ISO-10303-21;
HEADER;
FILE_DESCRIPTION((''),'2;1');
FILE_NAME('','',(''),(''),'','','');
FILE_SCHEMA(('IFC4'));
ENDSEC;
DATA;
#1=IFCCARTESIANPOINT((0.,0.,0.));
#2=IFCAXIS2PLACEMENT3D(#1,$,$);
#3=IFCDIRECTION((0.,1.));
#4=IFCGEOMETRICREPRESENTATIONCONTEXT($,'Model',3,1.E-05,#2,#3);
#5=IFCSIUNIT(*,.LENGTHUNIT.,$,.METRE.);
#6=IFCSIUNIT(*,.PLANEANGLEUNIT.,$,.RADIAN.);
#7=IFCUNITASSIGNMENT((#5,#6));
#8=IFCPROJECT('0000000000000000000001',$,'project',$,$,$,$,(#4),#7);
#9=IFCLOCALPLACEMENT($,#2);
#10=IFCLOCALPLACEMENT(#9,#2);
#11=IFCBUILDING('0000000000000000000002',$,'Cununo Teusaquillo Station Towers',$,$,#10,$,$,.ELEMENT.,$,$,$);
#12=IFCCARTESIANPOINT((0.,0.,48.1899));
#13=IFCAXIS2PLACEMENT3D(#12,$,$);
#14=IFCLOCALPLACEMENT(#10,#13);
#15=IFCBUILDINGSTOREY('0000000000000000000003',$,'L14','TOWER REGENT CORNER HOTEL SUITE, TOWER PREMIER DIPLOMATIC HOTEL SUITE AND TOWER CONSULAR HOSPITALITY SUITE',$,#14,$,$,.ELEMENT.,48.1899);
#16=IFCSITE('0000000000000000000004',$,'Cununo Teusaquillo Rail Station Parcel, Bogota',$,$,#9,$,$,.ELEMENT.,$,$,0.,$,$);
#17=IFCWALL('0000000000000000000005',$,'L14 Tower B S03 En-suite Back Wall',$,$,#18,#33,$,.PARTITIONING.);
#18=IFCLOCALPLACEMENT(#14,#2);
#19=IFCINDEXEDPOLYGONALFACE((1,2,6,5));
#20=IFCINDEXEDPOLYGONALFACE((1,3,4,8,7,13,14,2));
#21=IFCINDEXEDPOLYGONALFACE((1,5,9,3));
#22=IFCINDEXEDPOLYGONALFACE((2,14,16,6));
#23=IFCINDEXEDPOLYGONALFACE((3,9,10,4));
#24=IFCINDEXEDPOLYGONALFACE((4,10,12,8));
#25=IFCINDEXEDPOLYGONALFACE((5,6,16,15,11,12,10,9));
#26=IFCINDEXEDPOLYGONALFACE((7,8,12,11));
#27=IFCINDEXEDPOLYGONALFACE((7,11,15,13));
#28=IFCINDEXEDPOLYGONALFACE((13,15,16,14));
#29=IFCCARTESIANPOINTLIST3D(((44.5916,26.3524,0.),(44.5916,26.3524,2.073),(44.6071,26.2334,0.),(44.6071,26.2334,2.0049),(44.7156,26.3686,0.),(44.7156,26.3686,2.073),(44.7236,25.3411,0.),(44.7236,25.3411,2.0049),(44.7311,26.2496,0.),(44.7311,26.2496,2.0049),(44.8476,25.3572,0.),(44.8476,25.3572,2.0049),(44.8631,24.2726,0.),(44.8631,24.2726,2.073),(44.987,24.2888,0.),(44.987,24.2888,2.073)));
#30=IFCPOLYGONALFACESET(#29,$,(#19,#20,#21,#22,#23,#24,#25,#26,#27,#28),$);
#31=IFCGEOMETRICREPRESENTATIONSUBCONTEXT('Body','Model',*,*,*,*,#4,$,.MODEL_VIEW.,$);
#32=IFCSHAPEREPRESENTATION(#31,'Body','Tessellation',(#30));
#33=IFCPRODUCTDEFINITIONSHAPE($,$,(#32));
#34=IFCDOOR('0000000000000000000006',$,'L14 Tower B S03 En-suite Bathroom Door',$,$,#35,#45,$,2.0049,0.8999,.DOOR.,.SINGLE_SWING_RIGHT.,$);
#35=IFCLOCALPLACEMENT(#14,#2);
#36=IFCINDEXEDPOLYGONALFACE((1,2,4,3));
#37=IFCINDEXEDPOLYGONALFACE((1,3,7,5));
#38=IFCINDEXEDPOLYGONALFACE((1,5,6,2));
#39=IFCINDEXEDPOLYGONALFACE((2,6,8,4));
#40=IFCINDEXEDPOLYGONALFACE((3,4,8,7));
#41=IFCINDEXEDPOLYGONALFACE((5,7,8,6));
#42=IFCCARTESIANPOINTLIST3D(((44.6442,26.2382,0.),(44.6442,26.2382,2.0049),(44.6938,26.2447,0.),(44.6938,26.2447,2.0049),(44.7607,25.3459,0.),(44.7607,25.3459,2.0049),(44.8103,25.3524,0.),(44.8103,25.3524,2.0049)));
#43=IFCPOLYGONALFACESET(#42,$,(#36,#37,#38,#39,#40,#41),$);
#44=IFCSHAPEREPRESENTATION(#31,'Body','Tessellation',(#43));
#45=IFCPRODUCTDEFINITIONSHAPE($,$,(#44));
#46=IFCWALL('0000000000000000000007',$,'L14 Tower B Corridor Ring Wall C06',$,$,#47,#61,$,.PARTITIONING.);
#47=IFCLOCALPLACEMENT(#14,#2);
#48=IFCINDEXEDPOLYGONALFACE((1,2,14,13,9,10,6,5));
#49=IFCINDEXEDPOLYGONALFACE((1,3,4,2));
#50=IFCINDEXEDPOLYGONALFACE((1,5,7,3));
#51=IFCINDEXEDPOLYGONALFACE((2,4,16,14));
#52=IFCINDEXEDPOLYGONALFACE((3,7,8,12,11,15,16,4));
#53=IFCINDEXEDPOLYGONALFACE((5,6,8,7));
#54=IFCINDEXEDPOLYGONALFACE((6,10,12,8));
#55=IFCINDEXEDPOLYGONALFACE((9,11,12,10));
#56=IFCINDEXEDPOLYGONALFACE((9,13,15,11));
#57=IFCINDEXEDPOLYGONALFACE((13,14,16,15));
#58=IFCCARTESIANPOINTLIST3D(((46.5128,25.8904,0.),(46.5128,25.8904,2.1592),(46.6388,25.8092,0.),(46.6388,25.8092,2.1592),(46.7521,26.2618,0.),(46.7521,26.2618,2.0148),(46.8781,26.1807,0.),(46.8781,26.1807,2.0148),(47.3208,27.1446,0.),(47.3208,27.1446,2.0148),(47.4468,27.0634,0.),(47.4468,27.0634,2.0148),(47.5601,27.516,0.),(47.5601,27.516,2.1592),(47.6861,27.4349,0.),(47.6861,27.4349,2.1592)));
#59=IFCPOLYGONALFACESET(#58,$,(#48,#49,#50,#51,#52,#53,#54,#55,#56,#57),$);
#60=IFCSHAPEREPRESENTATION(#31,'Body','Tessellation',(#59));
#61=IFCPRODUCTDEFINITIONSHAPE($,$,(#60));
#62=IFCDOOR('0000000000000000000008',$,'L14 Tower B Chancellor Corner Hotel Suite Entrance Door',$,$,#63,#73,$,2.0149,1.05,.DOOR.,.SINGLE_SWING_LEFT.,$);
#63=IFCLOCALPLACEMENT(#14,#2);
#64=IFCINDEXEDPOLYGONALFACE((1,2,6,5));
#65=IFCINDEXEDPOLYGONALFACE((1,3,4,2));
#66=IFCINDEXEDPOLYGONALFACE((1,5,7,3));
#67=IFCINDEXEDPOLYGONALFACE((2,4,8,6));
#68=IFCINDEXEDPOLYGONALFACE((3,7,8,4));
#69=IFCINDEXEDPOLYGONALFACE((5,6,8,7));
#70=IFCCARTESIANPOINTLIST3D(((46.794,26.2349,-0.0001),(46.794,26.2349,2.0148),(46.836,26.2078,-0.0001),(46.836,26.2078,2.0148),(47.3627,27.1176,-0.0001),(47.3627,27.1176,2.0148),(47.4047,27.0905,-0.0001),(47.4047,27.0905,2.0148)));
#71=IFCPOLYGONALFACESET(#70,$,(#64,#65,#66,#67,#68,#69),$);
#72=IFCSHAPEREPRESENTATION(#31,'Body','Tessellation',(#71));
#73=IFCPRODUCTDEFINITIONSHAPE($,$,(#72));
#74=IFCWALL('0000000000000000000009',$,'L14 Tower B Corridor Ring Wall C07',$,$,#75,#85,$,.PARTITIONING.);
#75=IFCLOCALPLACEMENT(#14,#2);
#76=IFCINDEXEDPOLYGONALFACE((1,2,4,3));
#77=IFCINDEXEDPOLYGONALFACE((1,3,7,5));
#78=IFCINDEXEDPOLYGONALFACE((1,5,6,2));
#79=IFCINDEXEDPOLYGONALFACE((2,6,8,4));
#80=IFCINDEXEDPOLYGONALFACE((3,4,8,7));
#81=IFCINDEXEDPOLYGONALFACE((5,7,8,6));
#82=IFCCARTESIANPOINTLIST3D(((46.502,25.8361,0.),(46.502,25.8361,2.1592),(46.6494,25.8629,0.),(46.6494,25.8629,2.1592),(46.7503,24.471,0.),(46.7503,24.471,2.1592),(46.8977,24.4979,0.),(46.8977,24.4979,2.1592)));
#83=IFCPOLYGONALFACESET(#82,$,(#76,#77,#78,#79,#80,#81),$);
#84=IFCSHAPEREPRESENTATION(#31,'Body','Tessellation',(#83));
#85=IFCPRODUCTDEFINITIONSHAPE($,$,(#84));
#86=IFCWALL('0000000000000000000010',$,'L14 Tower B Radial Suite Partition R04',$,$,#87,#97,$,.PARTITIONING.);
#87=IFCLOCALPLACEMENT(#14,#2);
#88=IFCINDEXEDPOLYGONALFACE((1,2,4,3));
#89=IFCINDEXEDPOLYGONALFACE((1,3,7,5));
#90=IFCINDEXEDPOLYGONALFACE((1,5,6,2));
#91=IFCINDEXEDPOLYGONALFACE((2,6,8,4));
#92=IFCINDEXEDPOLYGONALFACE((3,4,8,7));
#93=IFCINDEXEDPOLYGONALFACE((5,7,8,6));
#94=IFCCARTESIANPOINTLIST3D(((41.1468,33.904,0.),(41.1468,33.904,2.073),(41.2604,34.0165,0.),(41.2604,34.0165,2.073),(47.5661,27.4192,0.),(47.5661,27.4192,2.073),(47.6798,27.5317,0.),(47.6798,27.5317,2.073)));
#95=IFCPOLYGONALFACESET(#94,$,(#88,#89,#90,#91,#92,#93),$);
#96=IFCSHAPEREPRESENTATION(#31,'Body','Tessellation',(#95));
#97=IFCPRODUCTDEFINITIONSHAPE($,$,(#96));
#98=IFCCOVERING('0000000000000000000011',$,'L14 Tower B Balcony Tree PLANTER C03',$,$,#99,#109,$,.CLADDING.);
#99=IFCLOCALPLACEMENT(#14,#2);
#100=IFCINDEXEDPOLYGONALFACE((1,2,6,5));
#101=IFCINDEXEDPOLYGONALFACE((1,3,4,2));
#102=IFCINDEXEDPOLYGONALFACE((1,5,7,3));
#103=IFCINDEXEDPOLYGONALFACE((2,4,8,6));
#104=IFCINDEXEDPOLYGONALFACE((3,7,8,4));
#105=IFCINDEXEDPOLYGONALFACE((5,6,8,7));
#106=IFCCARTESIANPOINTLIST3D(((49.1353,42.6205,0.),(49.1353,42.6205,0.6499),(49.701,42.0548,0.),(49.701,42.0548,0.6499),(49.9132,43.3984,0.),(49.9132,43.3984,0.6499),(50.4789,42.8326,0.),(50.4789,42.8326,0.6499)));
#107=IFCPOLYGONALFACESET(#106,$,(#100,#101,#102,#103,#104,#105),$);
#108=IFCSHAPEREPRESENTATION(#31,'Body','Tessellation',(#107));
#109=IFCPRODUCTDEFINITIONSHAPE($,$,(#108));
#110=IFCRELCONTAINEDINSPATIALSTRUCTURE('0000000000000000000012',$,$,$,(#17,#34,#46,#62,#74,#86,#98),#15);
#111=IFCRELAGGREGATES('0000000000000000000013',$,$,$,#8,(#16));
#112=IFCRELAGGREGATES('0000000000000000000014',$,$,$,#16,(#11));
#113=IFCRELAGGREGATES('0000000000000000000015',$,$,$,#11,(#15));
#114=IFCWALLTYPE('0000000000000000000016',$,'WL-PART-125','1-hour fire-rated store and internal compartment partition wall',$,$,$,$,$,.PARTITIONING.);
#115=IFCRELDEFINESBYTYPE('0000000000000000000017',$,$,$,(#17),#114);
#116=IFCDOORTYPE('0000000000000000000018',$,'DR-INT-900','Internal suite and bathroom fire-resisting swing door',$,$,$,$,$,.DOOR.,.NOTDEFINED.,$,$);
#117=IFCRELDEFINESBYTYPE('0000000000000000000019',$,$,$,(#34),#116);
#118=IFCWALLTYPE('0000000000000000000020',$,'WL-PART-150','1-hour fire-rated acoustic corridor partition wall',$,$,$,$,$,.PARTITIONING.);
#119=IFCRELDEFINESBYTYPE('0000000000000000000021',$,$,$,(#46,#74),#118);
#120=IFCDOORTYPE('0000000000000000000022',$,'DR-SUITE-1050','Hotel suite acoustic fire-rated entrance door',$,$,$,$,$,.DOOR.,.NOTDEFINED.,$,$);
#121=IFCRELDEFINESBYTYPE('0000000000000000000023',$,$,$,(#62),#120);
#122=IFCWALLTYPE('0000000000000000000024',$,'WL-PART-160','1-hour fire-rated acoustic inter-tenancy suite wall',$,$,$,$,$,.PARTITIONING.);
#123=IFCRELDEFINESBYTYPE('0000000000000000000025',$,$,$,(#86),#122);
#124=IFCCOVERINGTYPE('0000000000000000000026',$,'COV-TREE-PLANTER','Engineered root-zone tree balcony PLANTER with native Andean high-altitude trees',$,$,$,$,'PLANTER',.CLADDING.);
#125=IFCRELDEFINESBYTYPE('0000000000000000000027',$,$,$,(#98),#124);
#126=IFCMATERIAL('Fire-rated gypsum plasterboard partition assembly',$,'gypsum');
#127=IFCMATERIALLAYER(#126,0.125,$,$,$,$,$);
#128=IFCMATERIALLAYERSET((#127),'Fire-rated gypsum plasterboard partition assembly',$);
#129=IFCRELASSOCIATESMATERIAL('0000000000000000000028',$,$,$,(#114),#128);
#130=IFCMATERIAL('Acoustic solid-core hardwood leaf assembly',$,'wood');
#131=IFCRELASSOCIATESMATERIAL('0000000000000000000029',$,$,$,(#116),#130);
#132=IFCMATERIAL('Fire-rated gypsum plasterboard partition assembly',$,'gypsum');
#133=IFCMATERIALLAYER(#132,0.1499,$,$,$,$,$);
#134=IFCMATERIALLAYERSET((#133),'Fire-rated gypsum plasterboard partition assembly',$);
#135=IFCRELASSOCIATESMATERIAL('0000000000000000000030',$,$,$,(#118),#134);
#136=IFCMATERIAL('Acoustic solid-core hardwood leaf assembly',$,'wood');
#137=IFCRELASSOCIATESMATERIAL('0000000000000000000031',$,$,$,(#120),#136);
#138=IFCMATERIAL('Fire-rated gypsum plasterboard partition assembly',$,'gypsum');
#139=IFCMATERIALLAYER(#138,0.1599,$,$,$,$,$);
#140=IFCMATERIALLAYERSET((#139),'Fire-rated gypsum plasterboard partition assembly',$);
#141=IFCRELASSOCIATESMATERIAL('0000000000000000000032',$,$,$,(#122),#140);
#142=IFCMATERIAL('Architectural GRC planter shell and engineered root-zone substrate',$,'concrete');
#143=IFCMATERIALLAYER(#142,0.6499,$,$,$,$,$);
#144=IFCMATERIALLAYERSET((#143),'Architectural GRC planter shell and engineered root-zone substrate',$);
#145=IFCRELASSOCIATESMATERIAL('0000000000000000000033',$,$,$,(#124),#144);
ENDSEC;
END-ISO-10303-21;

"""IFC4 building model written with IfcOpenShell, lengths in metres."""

from ifc_helpers import new_model, si_unit, direction, frame, frame_2d, origin, origin_2d, place, context, subcontext, project, spatial, rectangle, extrude, source, transform, mapped, material, layer, layer_set, type_object, element, fill, save


model = new_model("IFC4")

# Units and contexts
model_context = context("Model", 3, precision=1e-05, world=origin(), true_north=direction((0.0, 1.0)))
body_context = subcontext(model_context, "Body", "Model", "MODEL_VIEW")
ifc_project = project(units=[si_unit("LENGTHUNIT", "METRE"), si_unit("PLANEANGLEUNIT", "RADIAN")], contexts=[model_context])

# Site, building, storey
site_placement = place(None, origin())
site = spatial("IfcSite", under=ifc_project, at=site_placement, Name="Cununo Teusaquillo Rail Station Parcel, Bogota", CompositionType="ELEMENT", RefElevation=0.0)
building_placement = place(site_placement, origin())
building = spatial("IfcBuilding", under=site, at=building_placement, Name="Cununo Teusaquillo Station Towers", CompositionType="ELEMENT")
storey_placement = place(building_placement, frame((0.0, 0.0, 48.1899)))
storey = spatial("IfcBuildingStorey", under=building, at=storey_placement, Name="L14", Description="TOWER REGENT CORNER HOTEL SUITE, TOWER PREMIER DIPLOMATIC HOTEL SUITE AND TOWER CONSULAR HOSPITALITY SUITE", CompositionType="ELEMENT", Elevation=48.1899)

# Shared definitions
ifc_material_1 = material(Name="Fire-rated gypsum plasterboard partition assembly", Category="gypsum")
ifc_layer_1 = layer(ifc_material_1, 0.125)
ifc_layer_set_1 = layer_set([ifc_layer_1], Name="Fire-rated gypsum plasterboard partition assembly")
wall_type_1 = type_object("IfcWallType", Name="WL-PART-125", Description="1-hour fire-rated store and internal compartment partition wall", PredefinedType="PARTITIONING", material=ifc_layer_set_1)

# Shared definitions
shared_shape_1 = source(origin(), body_context, "Body", "SweptSolid", [
    extrude(rectangle(XDim=0.8999, YDim=2.0049, at=frame_2d((0.45, 1.0024))), frame((0.0, 0.0725, 0.0), z_axis=(0.0, -1.0, 0.0), x_axis=(1.0, 0.0, 0.0)), (0.0, 0.0, 1.0), 0.145),
])
ifc_material_2 = material(Name="Acoustic solid-core hardwood leaf assembly", Category="wood")
door_type_1 = type_object("IfcDoorType", Name="DR-INT-900", Description="Internal suite and bathroom fire-resisting swing door", OperationType="NOTDEFINED", PredefinedType="DOOR", material=ifc_material_2)
shared_shape_2 = source(origin(), body_context, "Body", "SweptSolid", [
    extrude(rectangle(XDim=0.8999, YDim=2.0049, at=frame_2d((0.45, 1.0024))), frame((0.0, 0.0249, 0.0), z_axis=(0.0, -1.0, 0.0), x_axis=(1.0, 0.0, 0.0)), (0.0, 0.0, 1.0), 0.05),
])

# Walls, openings, doors
wall_1_placement = place(storey_placement, frame((44.6536, 26.3606, 0.0), z_axis=(0.0, 0.0, 1.0), x_axis=(0.129434, -0.991588, 0.0)))
wall_1 = element("IfcWall", 1, at=wall_1_placement, inside=storey, type_object=wall_type_1, Name="L14 Tower B S03 En-suite Back Wall", PredefinedType="PARTITIONING", context=body_context, shape_type="SweptSolid", body=[
    extrude(rectangle(XDim=2.0974, YDim=0.125, at=frame_2d((1.0488, 0.0))), origin(), (0.0, 0.0, 1.0), 2.073),
])
opening_1_placement = place(wall_1_placement, frame((0.1201, 0.0, 0.0)))
opening_1 = element("IfcOpeningElement", 2, at=opening_1_placement, cuts=wall_1, PredefinedType="OPENING", context=body_context, shape_type="MappedRepresentation", body=[
    mapped(shared_shape_1, transform((0.0, 0.0, 0.0), x_axis=(1.0, 0.0, 0.0), y_axis=(0.0, 1.0, 0.0), z_axis=(0.0, 0.0, 1.0), scale=1.0)),
])
door_1_placement = place(opening_1_placement, origin())
door_1 = element("IfcDoor", 3, at=door_1_placement, inside=storey, type_object=door_type_1, Name="L14 Tower B S03 En-suite Bathroom Door", OperationType="SINGLE_SWING_RIGHT", OverallHeight=2.0049, OverallWidth=0.8999, PredefinedType="DOOR", context=body_context, shape_type="MappedRepresentation", body=[
    mapped(shared_shape_2, transform((0.0, 0.0, 0.0), x_axis=(1.0, 0.0, 0.0), y_axis=(0.0, 1.0, 0.0), z_axis=(0.0, 0.0, 1.0), scale=1.0)),
])
fill(opening_1, door_1)
ifc_material_3 = material(Name="Fire-rated gypsum plasterboard partition assembly", Category="gypsum")
ifc_layer_2 = layer(ifc_material_3, 0.1499)
ifc_layer_set_2 = layer_set([ifc_layer_2], Name="Fire-rated gypsum plasterboard partition assembly")
wall_type_2 = type_object("IfcWallType", Name="WL-PART-150", Description="1-hour fire-rated acoustic corridor partition wall", PredefinedType="PARTITIONING", material=ifc_layer_set_2)
wall_2_placement = place(storey_placement, frame((47.623, 27.4753, 0.0), z_axis=(0.0, 0.0, 1.0), x_axis=(-0.54158, -0.840649, 0.0)))
wall_2 = element("IfcWall", 4, at=wall_2_placement, inside=storey, type_object=wall_type_2, Name="L14 Tower B Corridor Ring Wall C06", PredefinedType="PARTITIONING", context=body_context, shape_type="SweptSolid", body=[
    extrude(rectangle(XDim=1.9338, YDim=0.1499, at=frame_2d((0.9668, 0.0))), origin(), (0.0, 0.0, 1.0), 2.1592),
])
shared_shape_3 = source(origin(), body_context, "Body", "SweptSolid", [
    extrude(rectangle(XDim=1.05, YDim=2.0149, at=frame_2d((0.5249, 1.0073))), frame((0.0, 0.085, 0.0), z_axis=(0.0, -1.0, 0.0), x_axis=(1.0, 0.0, 0.0)), (0.0, 0.0, 1.0), 0.1699),
])
opening_2_placement = place(wall_2_placement, frame((0.4419, 0.0, 0.0)))
opening_2 = element("IfcOpeningElement", 5, at=opening_2_placement, cuts=wall_2, PredefinedType="OPENING", context=body_context, shape_type="MappedRepresentation", body=[
    mapped(shared_shape_3, transform((0.0, 0.0, 0.0), x_axis=(1.0, 0.0, 0.0), y_axis=(0.0, 1.0, 0.0), z_axis=(0.0, 0.0, 1.0), scale=1.0)),
])
ifc_material_4 = material(Name="Acoustic solid-core hardwood leaf assembly", Category="wood")
door_type_2 = type_object("IfcDoorType", Name="DR-SUITE-1050", Description="Hotel suite acoustic fire-rated entrance door", OperationType="NOTDEFINED", PredefinedType="DOOR", material=ifc_material_4)
shared_shape_4 = source(origin(), body_context, "Body", "SweptSolid", [
    extrude(rectangle(XDim=1.05, YDim=2.0149, at=frame_2d((0.5249, 1.0073))), frame((0.0, 0.0249, 0.0), z_axis=(0.0, -1.0, 0.0), x_axis=(1.0, 0.0, 0.0)), (0.0, 0.0, 1.0), 0.05),
])
door_2_placement = place(opening_2_placement, origin())
door_2 = element("IfcDoor", 6, at=door_2_placement, inside=storey, type_object=door_type_2, Name="L14 Tower B Chancellor Corner Hotel Suite Entrance Door", OperationType="SINGLE_SWING_LEFT", OverallHeight=2.0149, OverallWidth=1.05, PredefinedType="DOOR", context=body_context, shape_type="MappedRepresentation", body=[
    mapped(shared_shape_4, transform((0.0, 0.0, 0.0), x_axis=(1.0, 0.0, 0.0), y_axis=(0.0, 1.0, 0.0), z_axis=(0.0, 0.0, 1.0), scale=1.0)),
])
fill(opening_2, door_2)

# Walls
wall_3_placement = place(storey_placement, frame((46.5757, 25.8496, 0.0), z_axis=(0.0, 0.0, 1.0), x_axis=(0.178963, -0.983856, 0.0)))
element("IfcWall", 7, at=wall_3_placement, inside=storey, type_object=wall_type_2, Name="L14 Tower B Corridor Ring Wall C07", PredefinedType="PARTITIONING", context=body_context, shape_type="SweptSolid", body=[
    extrude(rectangle(XDim=1.3875, YDim=0.1499, at=frame_2d((0.6938, 0.0))), origin(), (0.0, 0.0, 1.0), 2.1592),
])
ifc_material_5 = material(Name="Fire-rated gypsum plasterboard partition assembly", Category="gypsum")
ifc_layer_3 = layer(ifc_material_5, 0.1599)
ifc_layer_set_3 = layer_set([ifc_layer_3], Name="Fire-rated gypsum plasterboard partition assembly")
wall_type_3 = type_object("IfcWallType", Name="WL-PART-160", Description="1-hour fire-rated acoustic inter-tenancy suite wall", PredefinedType="PARTITIONING", material=ifc_layer_set_3)
wall_4_placement = place(storey_placement, frame((47.623, 27.4753, 0.0), z_axis=(0.0, 0.0, 1.0), x_axis=(-0.703512, 0.710683, 0.0)))
element("IfcWall", 8, at=wall_4_placement, inside=storey, type_object=wall_type_3, Name="L14 Tower B Radial Suite Partition R04", PredefinedType="PARTITIONING", context=body_context, shape_type="SweptSolid", body=[
    extrude(rectangle(XDim=9.1248, YDim=0.1599, at=frame_2d((4.5625, 0.0))), origin(), (0.0, 0.0, 1.0), 2.073),
])

# Covering
ifc_material_6 = material(Name="Architectural GRC planter shell and engineered root-zone substrate", Category="concrete")
ifc_layer_4 = layer(ifc_material_6, 0.6499)
ifc_layer_set_4 = layer_set([ifc_layer_4], Name="Architectural GRC planter shell and engineered root-zone substrate")
covering_type = type_object("IfcCoveringType", Name="COV-TREE-PLANTER", Description="Engineered root-zone tree balcony PLANTER with native Andean high-altitude trees", ElementType="PLANTER", PredefinedType="CLADDING", material=ifc_layer_set_4)
shared_shape_5 = source(origin(), body_context, "Body", "SweptSolid", [
    extrude(rectangle(XDim=1.1001, YDim=0.8, at=origin_2d()), origin(), (0.0, 0.0, 1.0), 0.6499),
])
covering_placement = place(storey_placement, frame((49.8071, 42.7266, 0.0), z_axis=(0.0, 0.0, 1.0), x_axis=(0.707107, 0.707107, 0.0)))
element("IfcCovering", 9, at=covering_placement, inside=storey, type_object=covering_type, Name="L14 Tower B Balcony Tree PLANTER C03", PredefinedType="CLADDING", context=body_context, shape_type="MappedRepresentation", body=[
    mapped(shared_shape_5, transform((0.0, 0.0, 0.0), x_axis=(1.0, 0.0, 0.0), y_axis=(0.0, 1.0, 0.0), z_axis=(0.0, 0.0, 1.0), scale=1.0)),
])

save(model, "model.ifc")
